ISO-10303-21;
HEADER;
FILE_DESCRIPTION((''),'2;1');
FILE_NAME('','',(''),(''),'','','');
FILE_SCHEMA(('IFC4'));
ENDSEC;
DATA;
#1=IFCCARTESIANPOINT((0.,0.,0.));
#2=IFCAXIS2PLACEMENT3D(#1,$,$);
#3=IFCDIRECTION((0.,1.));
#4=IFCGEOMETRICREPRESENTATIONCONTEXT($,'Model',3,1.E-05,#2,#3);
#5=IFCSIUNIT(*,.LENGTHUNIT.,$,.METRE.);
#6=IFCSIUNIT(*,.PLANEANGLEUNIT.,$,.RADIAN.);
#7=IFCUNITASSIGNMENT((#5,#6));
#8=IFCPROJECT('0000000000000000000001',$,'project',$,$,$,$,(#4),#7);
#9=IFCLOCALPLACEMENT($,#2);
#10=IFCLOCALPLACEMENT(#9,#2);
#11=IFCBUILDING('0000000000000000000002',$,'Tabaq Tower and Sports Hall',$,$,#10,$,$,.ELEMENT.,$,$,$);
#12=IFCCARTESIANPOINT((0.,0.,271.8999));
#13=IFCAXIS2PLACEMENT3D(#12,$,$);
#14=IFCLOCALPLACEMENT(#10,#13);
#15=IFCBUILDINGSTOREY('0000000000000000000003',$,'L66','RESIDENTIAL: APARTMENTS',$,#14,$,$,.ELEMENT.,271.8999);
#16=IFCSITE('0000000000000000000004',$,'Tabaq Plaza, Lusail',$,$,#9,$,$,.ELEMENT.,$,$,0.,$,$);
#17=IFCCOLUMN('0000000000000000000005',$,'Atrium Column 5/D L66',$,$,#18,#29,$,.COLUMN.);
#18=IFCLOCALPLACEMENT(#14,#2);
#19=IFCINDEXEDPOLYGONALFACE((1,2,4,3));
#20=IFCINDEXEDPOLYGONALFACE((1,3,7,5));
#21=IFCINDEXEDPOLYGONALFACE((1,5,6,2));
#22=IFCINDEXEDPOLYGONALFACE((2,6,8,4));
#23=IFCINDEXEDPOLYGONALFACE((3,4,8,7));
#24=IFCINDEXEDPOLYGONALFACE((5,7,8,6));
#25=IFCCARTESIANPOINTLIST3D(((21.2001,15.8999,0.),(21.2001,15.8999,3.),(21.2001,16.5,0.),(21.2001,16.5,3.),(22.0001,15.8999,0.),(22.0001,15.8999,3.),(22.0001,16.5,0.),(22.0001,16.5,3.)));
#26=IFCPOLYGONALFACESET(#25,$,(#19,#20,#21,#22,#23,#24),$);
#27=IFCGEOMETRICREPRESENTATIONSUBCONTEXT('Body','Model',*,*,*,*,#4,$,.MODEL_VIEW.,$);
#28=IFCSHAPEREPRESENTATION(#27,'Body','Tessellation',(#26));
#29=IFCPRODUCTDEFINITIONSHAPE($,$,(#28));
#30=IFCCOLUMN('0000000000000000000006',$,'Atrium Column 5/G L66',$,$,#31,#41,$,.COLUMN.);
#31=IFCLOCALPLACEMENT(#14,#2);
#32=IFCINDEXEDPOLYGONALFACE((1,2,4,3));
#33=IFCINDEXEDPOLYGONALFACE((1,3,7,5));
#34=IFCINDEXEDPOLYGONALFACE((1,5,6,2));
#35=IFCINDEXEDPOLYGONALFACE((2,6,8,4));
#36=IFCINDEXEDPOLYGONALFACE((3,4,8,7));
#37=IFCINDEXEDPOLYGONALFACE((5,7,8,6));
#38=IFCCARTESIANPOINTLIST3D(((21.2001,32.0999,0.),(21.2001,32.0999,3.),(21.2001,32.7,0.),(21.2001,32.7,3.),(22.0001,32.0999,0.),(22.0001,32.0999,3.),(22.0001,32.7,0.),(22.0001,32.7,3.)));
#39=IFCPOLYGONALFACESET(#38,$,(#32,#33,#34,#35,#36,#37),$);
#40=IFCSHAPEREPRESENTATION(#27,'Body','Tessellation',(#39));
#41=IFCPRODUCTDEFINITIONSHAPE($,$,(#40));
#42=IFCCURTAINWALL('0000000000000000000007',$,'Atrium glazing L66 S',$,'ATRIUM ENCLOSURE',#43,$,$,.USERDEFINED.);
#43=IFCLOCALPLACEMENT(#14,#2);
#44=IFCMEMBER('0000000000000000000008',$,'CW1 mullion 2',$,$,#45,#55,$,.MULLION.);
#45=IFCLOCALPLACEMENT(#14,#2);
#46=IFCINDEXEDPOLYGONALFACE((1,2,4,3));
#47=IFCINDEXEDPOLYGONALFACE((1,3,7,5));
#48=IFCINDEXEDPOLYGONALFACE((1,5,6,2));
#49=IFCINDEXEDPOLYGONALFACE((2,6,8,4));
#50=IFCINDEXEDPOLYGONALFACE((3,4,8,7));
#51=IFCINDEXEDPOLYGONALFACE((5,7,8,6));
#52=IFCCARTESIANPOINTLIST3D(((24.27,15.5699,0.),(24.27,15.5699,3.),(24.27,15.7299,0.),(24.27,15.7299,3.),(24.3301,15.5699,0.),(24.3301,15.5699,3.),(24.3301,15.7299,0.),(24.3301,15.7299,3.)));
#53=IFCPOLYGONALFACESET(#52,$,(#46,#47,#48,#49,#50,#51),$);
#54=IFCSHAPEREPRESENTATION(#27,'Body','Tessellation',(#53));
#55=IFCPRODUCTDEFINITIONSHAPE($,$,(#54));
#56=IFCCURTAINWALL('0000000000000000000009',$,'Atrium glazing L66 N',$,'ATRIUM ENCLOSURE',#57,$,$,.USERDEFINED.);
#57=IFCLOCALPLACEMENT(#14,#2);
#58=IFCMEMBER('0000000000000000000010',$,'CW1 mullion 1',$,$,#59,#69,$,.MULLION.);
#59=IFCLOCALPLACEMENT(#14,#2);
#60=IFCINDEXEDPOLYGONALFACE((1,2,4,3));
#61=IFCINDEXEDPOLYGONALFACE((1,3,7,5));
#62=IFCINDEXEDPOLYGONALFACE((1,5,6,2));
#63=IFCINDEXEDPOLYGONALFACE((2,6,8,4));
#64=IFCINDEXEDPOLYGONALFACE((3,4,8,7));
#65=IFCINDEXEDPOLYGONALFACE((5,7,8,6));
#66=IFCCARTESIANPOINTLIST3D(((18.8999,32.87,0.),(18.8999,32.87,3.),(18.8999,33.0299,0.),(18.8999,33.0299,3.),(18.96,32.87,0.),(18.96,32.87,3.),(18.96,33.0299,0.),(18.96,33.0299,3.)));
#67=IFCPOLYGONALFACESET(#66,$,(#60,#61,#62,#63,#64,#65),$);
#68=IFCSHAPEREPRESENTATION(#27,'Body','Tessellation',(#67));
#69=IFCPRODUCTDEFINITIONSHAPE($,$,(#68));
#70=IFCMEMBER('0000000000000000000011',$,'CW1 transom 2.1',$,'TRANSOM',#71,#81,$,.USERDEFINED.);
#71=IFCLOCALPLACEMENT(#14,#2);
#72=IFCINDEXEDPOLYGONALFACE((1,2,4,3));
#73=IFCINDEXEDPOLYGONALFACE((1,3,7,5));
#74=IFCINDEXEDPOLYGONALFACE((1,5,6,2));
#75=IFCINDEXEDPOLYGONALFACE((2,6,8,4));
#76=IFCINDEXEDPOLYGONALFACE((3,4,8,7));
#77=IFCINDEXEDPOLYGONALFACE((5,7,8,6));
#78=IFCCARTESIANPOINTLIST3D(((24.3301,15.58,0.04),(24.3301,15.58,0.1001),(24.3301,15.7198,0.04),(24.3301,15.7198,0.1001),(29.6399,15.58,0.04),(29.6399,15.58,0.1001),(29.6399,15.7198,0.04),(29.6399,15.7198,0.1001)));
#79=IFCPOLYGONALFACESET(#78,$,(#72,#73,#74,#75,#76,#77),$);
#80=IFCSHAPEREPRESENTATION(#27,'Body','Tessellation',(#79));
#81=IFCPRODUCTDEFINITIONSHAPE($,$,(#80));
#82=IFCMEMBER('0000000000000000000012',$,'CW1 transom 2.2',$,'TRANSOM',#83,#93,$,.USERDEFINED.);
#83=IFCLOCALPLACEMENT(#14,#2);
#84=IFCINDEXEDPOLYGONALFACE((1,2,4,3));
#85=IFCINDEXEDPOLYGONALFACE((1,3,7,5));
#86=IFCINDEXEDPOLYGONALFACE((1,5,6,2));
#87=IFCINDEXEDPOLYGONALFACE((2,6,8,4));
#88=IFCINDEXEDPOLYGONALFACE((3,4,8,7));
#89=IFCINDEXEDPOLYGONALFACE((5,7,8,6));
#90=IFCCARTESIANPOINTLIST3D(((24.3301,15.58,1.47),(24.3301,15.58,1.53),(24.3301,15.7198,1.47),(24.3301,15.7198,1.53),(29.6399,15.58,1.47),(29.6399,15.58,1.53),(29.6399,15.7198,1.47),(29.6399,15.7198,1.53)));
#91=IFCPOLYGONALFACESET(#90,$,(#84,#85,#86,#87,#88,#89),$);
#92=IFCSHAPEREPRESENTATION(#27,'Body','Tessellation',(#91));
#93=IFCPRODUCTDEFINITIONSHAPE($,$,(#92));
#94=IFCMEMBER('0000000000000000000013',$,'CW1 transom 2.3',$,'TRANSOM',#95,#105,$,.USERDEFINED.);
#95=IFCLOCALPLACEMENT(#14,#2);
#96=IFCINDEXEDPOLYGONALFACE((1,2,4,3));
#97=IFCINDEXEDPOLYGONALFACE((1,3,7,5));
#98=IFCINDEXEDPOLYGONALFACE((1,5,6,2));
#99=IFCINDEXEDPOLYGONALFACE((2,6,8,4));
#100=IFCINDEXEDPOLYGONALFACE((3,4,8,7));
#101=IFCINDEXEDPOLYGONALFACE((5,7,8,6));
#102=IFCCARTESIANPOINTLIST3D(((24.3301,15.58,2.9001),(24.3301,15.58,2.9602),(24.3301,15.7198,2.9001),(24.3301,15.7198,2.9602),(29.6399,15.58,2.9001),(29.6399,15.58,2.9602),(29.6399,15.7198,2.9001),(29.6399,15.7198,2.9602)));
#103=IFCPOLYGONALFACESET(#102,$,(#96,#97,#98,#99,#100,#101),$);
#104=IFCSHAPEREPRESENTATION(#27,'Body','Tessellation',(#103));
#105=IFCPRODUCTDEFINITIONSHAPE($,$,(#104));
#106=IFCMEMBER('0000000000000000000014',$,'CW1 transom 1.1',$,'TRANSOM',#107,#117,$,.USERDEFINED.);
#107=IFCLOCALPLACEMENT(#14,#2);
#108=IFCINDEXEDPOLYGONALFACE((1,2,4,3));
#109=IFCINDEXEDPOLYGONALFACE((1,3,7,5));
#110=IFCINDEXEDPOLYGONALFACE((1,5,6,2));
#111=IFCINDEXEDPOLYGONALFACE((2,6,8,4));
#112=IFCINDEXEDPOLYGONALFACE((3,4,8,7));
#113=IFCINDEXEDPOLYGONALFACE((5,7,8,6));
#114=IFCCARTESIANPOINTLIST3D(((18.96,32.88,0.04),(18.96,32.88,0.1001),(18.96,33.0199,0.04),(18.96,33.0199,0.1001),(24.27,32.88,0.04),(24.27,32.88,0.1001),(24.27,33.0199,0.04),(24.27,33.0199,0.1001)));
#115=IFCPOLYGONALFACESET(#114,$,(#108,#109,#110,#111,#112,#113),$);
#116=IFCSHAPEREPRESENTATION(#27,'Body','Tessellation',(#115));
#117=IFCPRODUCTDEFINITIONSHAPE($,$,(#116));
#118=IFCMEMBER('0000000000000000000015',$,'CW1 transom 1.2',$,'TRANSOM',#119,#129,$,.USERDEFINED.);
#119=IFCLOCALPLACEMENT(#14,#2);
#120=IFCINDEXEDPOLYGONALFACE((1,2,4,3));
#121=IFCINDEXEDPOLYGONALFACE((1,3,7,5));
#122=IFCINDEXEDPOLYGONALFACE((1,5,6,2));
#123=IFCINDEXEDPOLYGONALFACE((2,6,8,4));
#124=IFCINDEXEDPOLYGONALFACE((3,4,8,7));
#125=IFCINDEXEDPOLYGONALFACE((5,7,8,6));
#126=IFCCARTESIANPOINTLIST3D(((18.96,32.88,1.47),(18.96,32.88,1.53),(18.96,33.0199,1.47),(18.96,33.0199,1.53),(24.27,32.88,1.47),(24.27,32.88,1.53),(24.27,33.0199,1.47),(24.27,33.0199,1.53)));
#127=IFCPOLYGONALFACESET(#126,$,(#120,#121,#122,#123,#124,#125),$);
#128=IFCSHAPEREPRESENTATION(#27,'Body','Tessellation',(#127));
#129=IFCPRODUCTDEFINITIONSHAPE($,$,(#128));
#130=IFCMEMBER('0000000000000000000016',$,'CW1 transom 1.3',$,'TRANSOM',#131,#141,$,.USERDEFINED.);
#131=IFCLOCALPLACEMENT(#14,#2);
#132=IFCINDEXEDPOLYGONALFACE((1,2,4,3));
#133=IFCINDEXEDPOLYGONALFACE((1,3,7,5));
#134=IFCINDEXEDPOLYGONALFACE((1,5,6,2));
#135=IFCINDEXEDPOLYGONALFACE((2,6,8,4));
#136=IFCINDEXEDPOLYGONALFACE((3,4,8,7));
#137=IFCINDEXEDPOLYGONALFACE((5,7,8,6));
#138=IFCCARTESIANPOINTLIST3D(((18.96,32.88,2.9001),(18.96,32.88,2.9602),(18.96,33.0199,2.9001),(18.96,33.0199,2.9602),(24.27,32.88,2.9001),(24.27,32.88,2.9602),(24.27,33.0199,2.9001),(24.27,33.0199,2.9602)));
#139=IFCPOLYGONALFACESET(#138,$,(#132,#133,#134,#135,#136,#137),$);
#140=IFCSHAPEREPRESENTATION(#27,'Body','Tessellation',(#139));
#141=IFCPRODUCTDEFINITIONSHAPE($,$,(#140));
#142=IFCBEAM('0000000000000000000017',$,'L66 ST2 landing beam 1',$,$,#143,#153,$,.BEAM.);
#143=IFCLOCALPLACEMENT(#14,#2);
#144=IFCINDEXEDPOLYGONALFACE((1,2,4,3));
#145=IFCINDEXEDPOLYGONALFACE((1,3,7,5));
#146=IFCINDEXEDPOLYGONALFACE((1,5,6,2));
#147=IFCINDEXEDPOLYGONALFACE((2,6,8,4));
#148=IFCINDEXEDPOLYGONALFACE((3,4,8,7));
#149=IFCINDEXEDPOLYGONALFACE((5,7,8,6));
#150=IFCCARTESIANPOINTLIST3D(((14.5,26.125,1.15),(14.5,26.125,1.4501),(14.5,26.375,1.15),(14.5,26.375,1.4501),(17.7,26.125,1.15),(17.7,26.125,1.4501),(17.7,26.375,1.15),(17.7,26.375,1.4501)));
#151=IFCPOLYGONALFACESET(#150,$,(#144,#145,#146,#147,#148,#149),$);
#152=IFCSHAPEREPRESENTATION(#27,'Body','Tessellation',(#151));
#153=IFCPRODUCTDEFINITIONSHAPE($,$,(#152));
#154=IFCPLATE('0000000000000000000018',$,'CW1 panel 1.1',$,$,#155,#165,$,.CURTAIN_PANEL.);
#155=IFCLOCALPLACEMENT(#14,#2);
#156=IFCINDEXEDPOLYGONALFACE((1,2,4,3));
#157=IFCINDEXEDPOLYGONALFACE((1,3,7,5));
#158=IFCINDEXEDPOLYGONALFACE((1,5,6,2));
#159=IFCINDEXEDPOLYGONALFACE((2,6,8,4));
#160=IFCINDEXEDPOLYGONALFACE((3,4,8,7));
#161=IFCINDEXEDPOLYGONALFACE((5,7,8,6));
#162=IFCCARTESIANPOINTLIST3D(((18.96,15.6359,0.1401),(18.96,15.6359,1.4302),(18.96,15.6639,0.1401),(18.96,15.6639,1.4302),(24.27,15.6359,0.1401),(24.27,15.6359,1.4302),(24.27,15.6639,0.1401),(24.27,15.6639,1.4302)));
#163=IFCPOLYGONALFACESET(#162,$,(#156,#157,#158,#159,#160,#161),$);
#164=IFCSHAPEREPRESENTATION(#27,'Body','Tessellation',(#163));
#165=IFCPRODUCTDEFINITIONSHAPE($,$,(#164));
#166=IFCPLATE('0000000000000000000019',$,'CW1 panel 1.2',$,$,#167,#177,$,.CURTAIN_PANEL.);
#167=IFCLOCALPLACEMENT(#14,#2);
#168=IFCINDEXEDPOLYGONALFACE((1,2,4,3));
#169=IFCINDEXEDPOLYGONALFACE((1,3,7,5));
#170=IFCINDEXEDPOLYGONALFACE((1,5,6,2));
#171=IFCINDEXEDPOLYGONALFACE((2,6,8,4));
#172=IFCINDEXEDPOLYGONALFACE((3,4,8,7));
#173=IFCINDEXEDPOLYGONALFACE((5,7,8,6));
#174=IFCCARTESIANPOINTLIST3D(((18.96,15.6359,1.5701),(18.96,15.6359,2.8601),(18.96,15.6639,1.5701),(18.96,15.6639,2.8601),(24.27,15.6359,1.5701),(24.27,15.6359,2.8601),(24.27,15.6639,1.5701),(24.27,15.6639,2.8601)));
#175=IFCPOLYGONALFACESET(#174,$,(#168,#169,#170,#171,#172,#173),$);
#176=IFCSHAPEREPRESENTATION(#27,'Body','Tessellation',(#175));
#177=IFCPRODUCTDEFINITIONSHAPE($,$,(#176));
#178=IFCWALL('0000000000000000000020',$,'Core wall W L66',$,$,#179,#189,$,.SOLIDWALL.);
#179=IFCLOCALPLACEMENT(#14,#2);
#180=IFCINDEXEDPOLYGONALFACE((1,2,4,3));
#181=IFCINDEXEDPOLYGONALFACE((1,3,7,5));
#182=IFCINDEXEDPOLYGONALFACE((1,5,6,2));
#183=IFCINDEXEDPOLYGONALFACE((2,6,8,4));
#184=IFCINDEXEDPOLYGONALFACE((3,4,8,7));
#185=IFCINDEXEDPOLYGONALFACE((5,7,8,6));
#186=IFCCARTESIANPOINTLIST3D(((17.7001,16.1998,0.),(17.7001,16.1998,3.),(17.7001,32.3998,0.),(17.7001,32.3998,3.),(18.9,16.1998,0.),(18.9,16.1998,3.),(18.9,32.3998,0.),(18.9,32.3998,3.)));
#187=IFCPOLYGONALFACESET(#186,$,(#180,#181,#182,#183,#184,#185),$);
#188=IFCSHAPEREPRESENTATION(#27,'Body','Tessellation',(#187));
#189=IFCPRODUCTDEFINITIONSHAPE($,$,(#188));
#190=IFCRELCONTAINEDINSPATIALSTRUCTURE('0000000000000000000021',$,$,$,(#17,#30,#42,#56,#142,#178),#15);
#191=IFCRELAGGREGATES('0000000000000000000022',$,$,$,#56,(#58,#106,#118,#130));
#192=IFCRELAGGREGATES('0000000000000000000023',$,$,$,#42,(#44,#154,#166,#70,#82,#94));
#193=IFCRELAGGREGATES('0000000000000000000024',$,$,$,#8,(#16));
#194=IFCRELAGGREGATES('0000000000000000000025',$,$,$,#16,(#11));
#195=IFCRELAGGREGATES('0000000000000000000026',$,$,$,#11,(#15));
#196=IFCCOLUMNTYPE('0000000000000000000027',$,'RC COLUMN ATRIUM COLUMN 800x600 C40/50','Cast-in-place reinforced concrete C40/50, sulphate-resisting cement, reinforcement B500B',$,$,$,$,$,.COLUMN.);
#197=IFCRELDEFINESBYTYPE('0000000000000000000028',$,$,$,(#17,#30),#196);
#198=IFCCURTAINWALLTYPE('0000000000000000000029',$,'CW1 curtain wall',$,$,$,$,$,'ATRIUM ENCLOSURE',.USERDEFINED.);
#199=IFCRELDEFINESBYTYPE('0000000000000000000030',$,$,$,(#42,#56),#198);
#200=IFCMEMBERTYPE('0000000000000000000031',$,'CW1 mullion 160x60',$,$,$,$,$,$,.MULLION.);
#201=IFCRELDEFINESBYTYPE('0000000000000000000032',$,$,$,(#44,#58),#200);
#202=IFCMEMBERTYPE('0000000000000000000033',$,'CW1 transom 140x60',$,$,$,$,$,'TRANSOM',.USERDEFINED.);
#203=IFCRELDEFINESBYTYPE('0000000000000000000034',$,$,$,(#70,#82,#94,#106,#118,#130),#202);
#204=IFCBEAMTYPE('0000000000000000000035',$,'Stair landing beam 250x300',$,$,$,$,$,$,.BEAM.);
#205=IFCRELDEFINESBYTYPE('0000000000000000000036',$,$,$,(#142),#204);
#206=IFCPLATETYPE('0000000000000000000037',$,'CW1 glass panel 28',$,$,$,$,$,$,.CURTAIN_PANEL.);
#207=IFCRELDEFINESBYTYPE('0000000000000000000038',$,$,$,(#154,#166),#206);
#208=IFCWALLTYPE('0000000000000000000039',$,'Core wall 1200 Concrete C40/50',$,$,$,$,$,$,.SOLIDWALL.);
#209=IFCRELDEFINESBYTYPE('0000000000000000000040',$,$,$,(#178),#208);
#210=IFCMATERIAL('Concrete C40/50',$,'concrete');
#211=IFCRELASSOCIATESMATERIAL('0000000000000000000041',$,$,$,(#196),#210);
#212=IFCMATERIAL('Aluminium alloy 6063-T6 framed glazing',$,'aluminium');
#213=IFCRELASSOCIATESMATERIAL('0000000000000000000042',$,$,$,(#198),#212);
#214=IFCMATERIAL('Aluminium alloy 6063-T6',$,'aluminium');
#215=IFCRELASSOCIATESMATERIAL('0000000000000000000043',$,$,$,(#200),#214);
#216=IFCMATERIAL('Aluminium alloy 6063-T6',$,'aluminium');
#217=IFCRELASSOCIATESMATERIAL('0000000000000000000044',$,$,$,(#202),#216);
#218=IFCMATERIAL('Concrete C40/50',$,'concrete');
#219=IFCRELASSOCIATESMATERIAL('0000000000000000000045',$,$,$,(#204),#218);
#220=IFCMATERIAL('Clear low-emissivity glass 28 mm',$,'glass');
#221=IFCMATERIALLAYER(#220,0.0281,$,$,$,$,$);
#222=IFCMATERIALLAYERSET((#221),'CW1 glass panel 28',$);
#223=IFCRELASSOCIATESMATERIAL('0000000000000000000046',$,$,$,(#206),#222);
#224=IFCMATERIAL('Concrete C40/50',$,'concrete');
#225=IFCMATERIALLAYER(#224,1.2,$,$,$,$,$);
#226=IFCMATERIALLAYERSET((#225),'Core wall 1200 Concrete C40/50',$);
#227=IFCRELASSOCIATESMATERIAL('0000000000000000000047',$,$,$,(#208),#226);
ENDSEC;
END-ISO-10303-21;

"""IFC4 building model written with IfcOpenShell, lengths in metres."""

from ifc_helpers import new_model, si_unit, direction, frame, frame_2d, origin, origin_2d, place, context, subcontext, project, spatial, rectangle, extrude, material, layer, layer_set, material_profile, profile_set, type_object, element, aggregate, save


model = new_model("IFC4")

# Units and contexts
model_context = context("Model", 3, precision=1e-05, world=origin(), true_north=direction((0.0, 1.0)))
body_context = subcontext(model_context, "Body", "Model", "MODEL_VIEW")
ifc_project = project(units=[si_unit("LENGTHUNIT", "METRE"), si_unit("PLANEANGLEUNIT", "RADIAN")], contexts=[model_context])

# Site, building, storey
site_placement = place(None, origin())
site = spatial("IfcSite", under=ifc_project, at=site_placement, Name="Tabaq Plaza, Lusail", CompositionType="ELEMENT", RefElevation=0.0)
building_placement = place(site_placement, origin())
building = spatial("IfcBuilding", under=site, at=building_placement, Name="Tabaq Tower and Sports Hall", CompositionType="ELEMENT")
storey_placement = place(building_placement, frame((0.0, 0.0, 271.8999)))
storey = spatial("IfcBuildingStorey", under=building, at=storey_placement, Name="L66", Description="RESIDENTIAL: APARTMENTS", CompositionType="ELEMENT", Elevation=271.8999)

# Columns
ifc_material_1 = material(Name="Concrete C40/50", Category="concrete")
ifc_material_profile_1 = material_profile(ifc_material_1, rectangle(XDim=0.8, YDim=0.6001, at=origin_2d()), Name="ATRIUM COLUMN 800x600")
ifc_profile_set_1 = profile_set([ifc_material_profile_1], Name="Concrete C40/50")
column_type = type_object("IfcColumnType", Name="RC COLUMN ATRIUM COLUMN 800x600 C40/50", Description="Cast-in-place reinforced concrete C40/50, sulphate-resisting cement, reinforcement B500B", PredefinedType="COLUMN", material=ifc_profile_set_1)
for number, where, z_axis, x_axis, name in (
    (1, (21.6001, 16.2, 0.0), (0.0, 0.0, 1.0), (1.0, 0.0, 0.0), "Atrium Column 5/D L66"),
    (2, (21.6001, 32.3999, 0.0), (0.0, 0.0, 1.0), (1.0, 0.0, 0.0), "Atrium Column 5/G L66"),
):
    element("IfcColumn", number, at=place(storey_placement, frame(where, z_axis=z_axis, x_axis=x_axis)), inside=storey, type_object=column_type, Name=name, PredefinedType="COLUMN", context=body_context, shape_type="SweptSolid", body=[
        extrude(rectangle(XDim=0.8, YDim=0.6001, at=origin_2d()), origin(), (0.0, 0.0, 1.0), 3.0),
    ])

# Curtain walls, members
ifc_material_2 = material(Name="Aluminium alloy 6063-T6 framed glazing", Category="aluminium")
curtain_wall_type = type_object("IfcCurtainWallType", Name="CW1 curtain wall", ElementType="ATRIUM ENCLOSURE", PredefinedType="USERDEFINED", material=ifc_material_2)
curtain_wall_1_placement = place(storey_placement, origin())
curtain_wall_1 = element("IfcCurtainWall", 3, at=curtain_wall_1_placement, inside=storey, type_object=curtain_wall_type, Name="Atrium glazing L66 S", ObjectType="ATRIUM ENCLOSURE", PredefinedType="USERDEFINED")
ifc_material_3 = material(Name="Aluminium alloy 6063-T6", Category="aluminium")
ifc_material_profile_2 = material_profile(ifc_material_3, rectangle(XDim=0.1599, YDim=0.0601, at=origin_2d()), Name="MULLION 160x60")
ifc_profile_set_2 = profile_set([ifc_material_profile_2], Name="Aluminium alloy 6063-T6")
member_type_1 = type_object("IfcMemberType", Name="CW1 mullion 160x60", PredefinedType="MULLION", material=ifc_profile_set_2)
member_1_placement = place(storey_placement, frame((24.3, 15.6499, 0.0), z_axis=(0.0, 0.0, 1.0), x_axis=(0.0, 1.0, 0.0)))
member_1 = element("IfcMember", 4, at=member_1_placement, type_object=member_type_1, Name="CW1 mullion 2", PredefinedType="MULLION", context=body_context, shape_type="SweptSolid", body=[
    extrude(rectangle(XDim=0.1599, YDim=0.0601, at=origin_2d()), origin(), (0.0, 0.0, 1.0), 3.0),
])
curtain_wall_2_placement = place(storey_placement, origin())
curtain_wall_2 = element("IfcCurtainWall", 5, at=curtain_wall_2_placement, inside=storey, type_object=curtain_wall_type, Name="Atrium glazing L66 N", ObjectType="ATRIUM ENCLOSURE", PredefinedType="USERDEFINED")
member_2_placement = place(storey_placement, frame((18.9299, 32.95, 0.0), z_axis=(0.0, 0.0, 1.0), x_axis=(0.0, 1.0, 0.0)))
member_2 = element("IfcMember", 6, at=member_2_placement, type_object=member_type_1, Name="CW1 mullion 1", PredefinedType="MULLION", context=body_context, shape_type="SweptSolid", body=[
    extrude(rectangle(XDim=0.1599, YDim=0.0601, at=origin_2d()), origin(), (0.0, 0.0, 1.0), 3.0),
])

# Members
ifc_material_4 = material(Name="Aluminium alloy 6063-T6", Category="aluminium")
ifc_material_profile_3 = material_profile(ifc_material_4, rectangle(XDim=0.1399, YDim=0.0601, at=origin_2d()), Name="TRANSOM 140x60")
ifc_profile_set_3 = profile_set([ifc_material_profile_3], Name="Aluminium alloy 6063-T6")
member_type_2 = type_object("IfcMemberType", Name="CW1 transom 140x60", ElementType="TRANSOM", PredefinedType="USERDEFINED", material=ifc_profile_set_3)
member_3_placement = place(storey_placement, frame((24.3301, 15.6499, 0.0701), z_axis=(1.0, 0.0, 0.0), x_axis=(0.0, 1.0, 0.0)))
member_3 = element("IfcMember", 7, at=member_3_placement, type_object=member_type_2, Name="CW1 transom 2.1", ObjectType="TRANSOM", PredefinedType="USERDEFINED", context=body_context, shape_type="SweptSolid", body=[
    extrude(rectangle(XDim=0.1399, YDim=0.0601, at=origin_2d()), origin(), (0.0, 0.0, 1.0), 5.3098),
])
member_4_placement = place(storey_placement, frame((24.3301, 15.6499, 1.5), z_axis=(1.0, 0.0, 0.0), x_axis=(0.0, 1.0, 0.0)))
member_4 = element("IfcMember", 8, at=member_4_placement, type_object=member_type_2, Name="CW1 transom 2.2", ObjectType="TRANSOM", PredefinedType="USERDEFINED", context=body_context, shape_type="SweptSolid", body=[
    extrude(rectangle(XDim=0.1399, YDim=0.0601, at=origin_2d()), origin(), (0.0, 0.0, 1.0), 5.3098),
])
member_5_placement = place(storey_placement, frame((24.3301, 15.6499, 2.9302), z_axis=(1.0, 0.0, 0.0), x_axis=(0.0, 1.0, 0.0)))
member_5 = element("IfcMember", 9, at=member_5_placement, type_object=member_type_2, Name="CW1 transom 2.3", ObjectType="TRANSOM", PredefinedType="USERDEFINED", context=body_context, shape_type="SweptSolid", body=[
    extrude(rectangle(XDim=0.1399, YDim=0.0601, at=origin_2d()), origin(), (0.0, 0.0, 1.0), 5.3098),
])
member_6_placement = place(storey_placement, frame((18.96, 32.95, 0.0701), z_axis=(1.0, 0.0, 0.0), x_axis=(0.0, 1.0, 0.0)))
member_6 = element("IfcMember", 10, at=member_6_placement, type_object=member_type_2, Name="CW1 transom 1.1", ObjectType="TRANSOM", PredefinedType="USERDEFINED", context=body_context, shape_type="SweptSolid", body=[
    extrude(rectangle(XDim=0.1399, YDim=0.0601, at=origin_2d()), origin(), (0.0, 0.0, 1.0), 5.3101),
])
member_7_placement = place(storey_placement, frame((18.96, 32.95, 1.5), z_axis=(1.0, 0.0, 0.0), x_axis=(0.0, 1.0, 0.0)))
member_7 = element("IfcMember", 11, at=member_7_placement, type_object=member_type_2, Name="CW1 transom 1.2", ObjectType="TRANSOM", PredefinedType="USERDEFINED", context=body_context, shape_type="SweptSolid", body=[
    extrude(rectangle(XDim=0.1399, YDim=0.0601, at=origin_2d()), origin(), (0.0, 0.0, 1.0), 5.3101),
])
member_8_placement = place(storey_placement, frame((18.96, 32.95, 2.9302), z_axis=(1.0, 0.0, 0.0), x_axis=(0.0, 1.0, 0.0)))
member_8 = element("IfcMember", 12, at=member_8_placement, type_object=member_type_2, Name="CW1 transom 1.3", ObjectType="TRANSOM", PredefinedType="USERDEFINED", context=body_context, shape_type="SweptSolid", body=[
    extrude(rectangle(XDim=0.1399, YDim=0.0601, at=origin_2d()), origin(), (0.0, 0.0, 1.0), 5.3101),
])
aggregate(curtain_wall_2, [member_2, member_6, member_7, member_8])

# Beam
ifc_material_5 = material(Name="Concrete C40/50", Category="concrete")
ifc_material_profile_4 = material_profile(ifc_material_5, rectangle(XDim=0.25, YDim=0.3, at=origin_2d()), Name="RC 250x300")
ifc_profile_set_4 = profile_set([ifc_material_profile_4], Name="Concrete C40/50")
beam_type = type_object("IfcBeamType", Name="Stair landing beam 250x300", PredefinedType="BEAM", material=ifc_profile_set_4)
beam_placement = place(storey_placement, frame((14.5, 26.25, 1.3), z_axis=(1.0, 0.0, 0.0), x_axis=(0.0, 1.0, 0.0)))
element("IfcBeam", 13, at=beam_placement, inside=storey, type_object=beam_type, Name="L66 ST2 landing beam 1", PredefinedType="BEAM", context=body_context, shape_type="SweptSolid", body=[
    extrude(rectangle(XDim=0.25, YDim=0.3, at=origin_2d()), origin(), (0.0, 0.0, 1.0), 3.2),
])

# Plates
ifc_material_6 = material(Name="Clear low-emissivity glass 28 mm", Category="glass")
ifc_layer_1 = layer(ifc_material_6, 0.0281)
ifc_layer_set_1 = layer_set([ifc_layer_1], Name="CW1 glass panel 28")
plate_type = type_object("IfcPlateType", Name="CW1 glass panel 28", PredefinedType="CURTAIN_PANEL", material=ifc_layer_set_1)
plate_1_placement = place(storey_placement, frame((21.615, 15.6499, 0.1401), z_axis=(0.0, 0.0, 1.0), x_axis=(1.0, 0.0, 0.0)))
plate_1 = element("IfcPlate", 14, at=plate_1_placement, type_object=plate_type, Name="CW1 panel 1.1", PredefinedType="CURTAIN_PANEL", context=body_context, shape_type="SweptSolid", body=[
    extrude(rectangle(XDim=5.3101, YDim=0.0281, at=origin_2d()), origin(), (0.0, 0.0, 1.0), 1.29),
])
plate_2_placement = place(storey_placement, frame((21.615, 15.6499, 1.5701), z_axis=(0.0, 0.0, 1.0), x_axis=(1.0, 0.0, 0.0)))
plate_2 = element("IfcPlate", 15, at=plate_2_placement, type_object=plate_type, Name="CW1 panel 1.2", PredefinedType="CURTAIN_PANEL", context=body_context, shape_type="SweptSolid", body=[
    extrude(rectangle(XDim=5.3101, YDim=0.0281, at=origin_2d()), origin(), (0.0, 0.0, 1.0), 1.29),
])
aggregate(curtain_wall_1, [member_1, plate_1, plate_2, member_3, member_4, member_5])

# Wall
ifc_material_7 = material(Name="Concrete C40/50", Category="concrete")
ifc_layer_2 = layer(ifc_material_7, 1.2)
ifc_layer_set_2 = layer_set([ifc_layer_2], Name="Core wall 1200 Concrete C40/50")
wall_type_1 = type_object("IfcWallType", Name="Core wall 1200 Concrete C40/50", PredefinedType="SOLIDWALL", material=ifc_layer_set_2)
wall_1_placement = place(storey_placement, frame((18.3, 32.3999, 0.0), z_axis=(0.0, 0.0, 1.0), x_axis=(0.0, -1.0, 0.0)))
element("IfcWall", 16, at=wall_1_placement, inside=storey, type_object=wall_type_1, Name="Core wall W L66", PredefinedType="SOLIDWALL", context=body_context, shape_type="SweptSolid", body=[
    extrude(rectangle(XDim=16.2, YDim=1.2, at=frame_2d((8.1001, 0.0))), origin(), (0.0, 0.0, 1.0), 3.0),
])

save(model, "model.ifc")
